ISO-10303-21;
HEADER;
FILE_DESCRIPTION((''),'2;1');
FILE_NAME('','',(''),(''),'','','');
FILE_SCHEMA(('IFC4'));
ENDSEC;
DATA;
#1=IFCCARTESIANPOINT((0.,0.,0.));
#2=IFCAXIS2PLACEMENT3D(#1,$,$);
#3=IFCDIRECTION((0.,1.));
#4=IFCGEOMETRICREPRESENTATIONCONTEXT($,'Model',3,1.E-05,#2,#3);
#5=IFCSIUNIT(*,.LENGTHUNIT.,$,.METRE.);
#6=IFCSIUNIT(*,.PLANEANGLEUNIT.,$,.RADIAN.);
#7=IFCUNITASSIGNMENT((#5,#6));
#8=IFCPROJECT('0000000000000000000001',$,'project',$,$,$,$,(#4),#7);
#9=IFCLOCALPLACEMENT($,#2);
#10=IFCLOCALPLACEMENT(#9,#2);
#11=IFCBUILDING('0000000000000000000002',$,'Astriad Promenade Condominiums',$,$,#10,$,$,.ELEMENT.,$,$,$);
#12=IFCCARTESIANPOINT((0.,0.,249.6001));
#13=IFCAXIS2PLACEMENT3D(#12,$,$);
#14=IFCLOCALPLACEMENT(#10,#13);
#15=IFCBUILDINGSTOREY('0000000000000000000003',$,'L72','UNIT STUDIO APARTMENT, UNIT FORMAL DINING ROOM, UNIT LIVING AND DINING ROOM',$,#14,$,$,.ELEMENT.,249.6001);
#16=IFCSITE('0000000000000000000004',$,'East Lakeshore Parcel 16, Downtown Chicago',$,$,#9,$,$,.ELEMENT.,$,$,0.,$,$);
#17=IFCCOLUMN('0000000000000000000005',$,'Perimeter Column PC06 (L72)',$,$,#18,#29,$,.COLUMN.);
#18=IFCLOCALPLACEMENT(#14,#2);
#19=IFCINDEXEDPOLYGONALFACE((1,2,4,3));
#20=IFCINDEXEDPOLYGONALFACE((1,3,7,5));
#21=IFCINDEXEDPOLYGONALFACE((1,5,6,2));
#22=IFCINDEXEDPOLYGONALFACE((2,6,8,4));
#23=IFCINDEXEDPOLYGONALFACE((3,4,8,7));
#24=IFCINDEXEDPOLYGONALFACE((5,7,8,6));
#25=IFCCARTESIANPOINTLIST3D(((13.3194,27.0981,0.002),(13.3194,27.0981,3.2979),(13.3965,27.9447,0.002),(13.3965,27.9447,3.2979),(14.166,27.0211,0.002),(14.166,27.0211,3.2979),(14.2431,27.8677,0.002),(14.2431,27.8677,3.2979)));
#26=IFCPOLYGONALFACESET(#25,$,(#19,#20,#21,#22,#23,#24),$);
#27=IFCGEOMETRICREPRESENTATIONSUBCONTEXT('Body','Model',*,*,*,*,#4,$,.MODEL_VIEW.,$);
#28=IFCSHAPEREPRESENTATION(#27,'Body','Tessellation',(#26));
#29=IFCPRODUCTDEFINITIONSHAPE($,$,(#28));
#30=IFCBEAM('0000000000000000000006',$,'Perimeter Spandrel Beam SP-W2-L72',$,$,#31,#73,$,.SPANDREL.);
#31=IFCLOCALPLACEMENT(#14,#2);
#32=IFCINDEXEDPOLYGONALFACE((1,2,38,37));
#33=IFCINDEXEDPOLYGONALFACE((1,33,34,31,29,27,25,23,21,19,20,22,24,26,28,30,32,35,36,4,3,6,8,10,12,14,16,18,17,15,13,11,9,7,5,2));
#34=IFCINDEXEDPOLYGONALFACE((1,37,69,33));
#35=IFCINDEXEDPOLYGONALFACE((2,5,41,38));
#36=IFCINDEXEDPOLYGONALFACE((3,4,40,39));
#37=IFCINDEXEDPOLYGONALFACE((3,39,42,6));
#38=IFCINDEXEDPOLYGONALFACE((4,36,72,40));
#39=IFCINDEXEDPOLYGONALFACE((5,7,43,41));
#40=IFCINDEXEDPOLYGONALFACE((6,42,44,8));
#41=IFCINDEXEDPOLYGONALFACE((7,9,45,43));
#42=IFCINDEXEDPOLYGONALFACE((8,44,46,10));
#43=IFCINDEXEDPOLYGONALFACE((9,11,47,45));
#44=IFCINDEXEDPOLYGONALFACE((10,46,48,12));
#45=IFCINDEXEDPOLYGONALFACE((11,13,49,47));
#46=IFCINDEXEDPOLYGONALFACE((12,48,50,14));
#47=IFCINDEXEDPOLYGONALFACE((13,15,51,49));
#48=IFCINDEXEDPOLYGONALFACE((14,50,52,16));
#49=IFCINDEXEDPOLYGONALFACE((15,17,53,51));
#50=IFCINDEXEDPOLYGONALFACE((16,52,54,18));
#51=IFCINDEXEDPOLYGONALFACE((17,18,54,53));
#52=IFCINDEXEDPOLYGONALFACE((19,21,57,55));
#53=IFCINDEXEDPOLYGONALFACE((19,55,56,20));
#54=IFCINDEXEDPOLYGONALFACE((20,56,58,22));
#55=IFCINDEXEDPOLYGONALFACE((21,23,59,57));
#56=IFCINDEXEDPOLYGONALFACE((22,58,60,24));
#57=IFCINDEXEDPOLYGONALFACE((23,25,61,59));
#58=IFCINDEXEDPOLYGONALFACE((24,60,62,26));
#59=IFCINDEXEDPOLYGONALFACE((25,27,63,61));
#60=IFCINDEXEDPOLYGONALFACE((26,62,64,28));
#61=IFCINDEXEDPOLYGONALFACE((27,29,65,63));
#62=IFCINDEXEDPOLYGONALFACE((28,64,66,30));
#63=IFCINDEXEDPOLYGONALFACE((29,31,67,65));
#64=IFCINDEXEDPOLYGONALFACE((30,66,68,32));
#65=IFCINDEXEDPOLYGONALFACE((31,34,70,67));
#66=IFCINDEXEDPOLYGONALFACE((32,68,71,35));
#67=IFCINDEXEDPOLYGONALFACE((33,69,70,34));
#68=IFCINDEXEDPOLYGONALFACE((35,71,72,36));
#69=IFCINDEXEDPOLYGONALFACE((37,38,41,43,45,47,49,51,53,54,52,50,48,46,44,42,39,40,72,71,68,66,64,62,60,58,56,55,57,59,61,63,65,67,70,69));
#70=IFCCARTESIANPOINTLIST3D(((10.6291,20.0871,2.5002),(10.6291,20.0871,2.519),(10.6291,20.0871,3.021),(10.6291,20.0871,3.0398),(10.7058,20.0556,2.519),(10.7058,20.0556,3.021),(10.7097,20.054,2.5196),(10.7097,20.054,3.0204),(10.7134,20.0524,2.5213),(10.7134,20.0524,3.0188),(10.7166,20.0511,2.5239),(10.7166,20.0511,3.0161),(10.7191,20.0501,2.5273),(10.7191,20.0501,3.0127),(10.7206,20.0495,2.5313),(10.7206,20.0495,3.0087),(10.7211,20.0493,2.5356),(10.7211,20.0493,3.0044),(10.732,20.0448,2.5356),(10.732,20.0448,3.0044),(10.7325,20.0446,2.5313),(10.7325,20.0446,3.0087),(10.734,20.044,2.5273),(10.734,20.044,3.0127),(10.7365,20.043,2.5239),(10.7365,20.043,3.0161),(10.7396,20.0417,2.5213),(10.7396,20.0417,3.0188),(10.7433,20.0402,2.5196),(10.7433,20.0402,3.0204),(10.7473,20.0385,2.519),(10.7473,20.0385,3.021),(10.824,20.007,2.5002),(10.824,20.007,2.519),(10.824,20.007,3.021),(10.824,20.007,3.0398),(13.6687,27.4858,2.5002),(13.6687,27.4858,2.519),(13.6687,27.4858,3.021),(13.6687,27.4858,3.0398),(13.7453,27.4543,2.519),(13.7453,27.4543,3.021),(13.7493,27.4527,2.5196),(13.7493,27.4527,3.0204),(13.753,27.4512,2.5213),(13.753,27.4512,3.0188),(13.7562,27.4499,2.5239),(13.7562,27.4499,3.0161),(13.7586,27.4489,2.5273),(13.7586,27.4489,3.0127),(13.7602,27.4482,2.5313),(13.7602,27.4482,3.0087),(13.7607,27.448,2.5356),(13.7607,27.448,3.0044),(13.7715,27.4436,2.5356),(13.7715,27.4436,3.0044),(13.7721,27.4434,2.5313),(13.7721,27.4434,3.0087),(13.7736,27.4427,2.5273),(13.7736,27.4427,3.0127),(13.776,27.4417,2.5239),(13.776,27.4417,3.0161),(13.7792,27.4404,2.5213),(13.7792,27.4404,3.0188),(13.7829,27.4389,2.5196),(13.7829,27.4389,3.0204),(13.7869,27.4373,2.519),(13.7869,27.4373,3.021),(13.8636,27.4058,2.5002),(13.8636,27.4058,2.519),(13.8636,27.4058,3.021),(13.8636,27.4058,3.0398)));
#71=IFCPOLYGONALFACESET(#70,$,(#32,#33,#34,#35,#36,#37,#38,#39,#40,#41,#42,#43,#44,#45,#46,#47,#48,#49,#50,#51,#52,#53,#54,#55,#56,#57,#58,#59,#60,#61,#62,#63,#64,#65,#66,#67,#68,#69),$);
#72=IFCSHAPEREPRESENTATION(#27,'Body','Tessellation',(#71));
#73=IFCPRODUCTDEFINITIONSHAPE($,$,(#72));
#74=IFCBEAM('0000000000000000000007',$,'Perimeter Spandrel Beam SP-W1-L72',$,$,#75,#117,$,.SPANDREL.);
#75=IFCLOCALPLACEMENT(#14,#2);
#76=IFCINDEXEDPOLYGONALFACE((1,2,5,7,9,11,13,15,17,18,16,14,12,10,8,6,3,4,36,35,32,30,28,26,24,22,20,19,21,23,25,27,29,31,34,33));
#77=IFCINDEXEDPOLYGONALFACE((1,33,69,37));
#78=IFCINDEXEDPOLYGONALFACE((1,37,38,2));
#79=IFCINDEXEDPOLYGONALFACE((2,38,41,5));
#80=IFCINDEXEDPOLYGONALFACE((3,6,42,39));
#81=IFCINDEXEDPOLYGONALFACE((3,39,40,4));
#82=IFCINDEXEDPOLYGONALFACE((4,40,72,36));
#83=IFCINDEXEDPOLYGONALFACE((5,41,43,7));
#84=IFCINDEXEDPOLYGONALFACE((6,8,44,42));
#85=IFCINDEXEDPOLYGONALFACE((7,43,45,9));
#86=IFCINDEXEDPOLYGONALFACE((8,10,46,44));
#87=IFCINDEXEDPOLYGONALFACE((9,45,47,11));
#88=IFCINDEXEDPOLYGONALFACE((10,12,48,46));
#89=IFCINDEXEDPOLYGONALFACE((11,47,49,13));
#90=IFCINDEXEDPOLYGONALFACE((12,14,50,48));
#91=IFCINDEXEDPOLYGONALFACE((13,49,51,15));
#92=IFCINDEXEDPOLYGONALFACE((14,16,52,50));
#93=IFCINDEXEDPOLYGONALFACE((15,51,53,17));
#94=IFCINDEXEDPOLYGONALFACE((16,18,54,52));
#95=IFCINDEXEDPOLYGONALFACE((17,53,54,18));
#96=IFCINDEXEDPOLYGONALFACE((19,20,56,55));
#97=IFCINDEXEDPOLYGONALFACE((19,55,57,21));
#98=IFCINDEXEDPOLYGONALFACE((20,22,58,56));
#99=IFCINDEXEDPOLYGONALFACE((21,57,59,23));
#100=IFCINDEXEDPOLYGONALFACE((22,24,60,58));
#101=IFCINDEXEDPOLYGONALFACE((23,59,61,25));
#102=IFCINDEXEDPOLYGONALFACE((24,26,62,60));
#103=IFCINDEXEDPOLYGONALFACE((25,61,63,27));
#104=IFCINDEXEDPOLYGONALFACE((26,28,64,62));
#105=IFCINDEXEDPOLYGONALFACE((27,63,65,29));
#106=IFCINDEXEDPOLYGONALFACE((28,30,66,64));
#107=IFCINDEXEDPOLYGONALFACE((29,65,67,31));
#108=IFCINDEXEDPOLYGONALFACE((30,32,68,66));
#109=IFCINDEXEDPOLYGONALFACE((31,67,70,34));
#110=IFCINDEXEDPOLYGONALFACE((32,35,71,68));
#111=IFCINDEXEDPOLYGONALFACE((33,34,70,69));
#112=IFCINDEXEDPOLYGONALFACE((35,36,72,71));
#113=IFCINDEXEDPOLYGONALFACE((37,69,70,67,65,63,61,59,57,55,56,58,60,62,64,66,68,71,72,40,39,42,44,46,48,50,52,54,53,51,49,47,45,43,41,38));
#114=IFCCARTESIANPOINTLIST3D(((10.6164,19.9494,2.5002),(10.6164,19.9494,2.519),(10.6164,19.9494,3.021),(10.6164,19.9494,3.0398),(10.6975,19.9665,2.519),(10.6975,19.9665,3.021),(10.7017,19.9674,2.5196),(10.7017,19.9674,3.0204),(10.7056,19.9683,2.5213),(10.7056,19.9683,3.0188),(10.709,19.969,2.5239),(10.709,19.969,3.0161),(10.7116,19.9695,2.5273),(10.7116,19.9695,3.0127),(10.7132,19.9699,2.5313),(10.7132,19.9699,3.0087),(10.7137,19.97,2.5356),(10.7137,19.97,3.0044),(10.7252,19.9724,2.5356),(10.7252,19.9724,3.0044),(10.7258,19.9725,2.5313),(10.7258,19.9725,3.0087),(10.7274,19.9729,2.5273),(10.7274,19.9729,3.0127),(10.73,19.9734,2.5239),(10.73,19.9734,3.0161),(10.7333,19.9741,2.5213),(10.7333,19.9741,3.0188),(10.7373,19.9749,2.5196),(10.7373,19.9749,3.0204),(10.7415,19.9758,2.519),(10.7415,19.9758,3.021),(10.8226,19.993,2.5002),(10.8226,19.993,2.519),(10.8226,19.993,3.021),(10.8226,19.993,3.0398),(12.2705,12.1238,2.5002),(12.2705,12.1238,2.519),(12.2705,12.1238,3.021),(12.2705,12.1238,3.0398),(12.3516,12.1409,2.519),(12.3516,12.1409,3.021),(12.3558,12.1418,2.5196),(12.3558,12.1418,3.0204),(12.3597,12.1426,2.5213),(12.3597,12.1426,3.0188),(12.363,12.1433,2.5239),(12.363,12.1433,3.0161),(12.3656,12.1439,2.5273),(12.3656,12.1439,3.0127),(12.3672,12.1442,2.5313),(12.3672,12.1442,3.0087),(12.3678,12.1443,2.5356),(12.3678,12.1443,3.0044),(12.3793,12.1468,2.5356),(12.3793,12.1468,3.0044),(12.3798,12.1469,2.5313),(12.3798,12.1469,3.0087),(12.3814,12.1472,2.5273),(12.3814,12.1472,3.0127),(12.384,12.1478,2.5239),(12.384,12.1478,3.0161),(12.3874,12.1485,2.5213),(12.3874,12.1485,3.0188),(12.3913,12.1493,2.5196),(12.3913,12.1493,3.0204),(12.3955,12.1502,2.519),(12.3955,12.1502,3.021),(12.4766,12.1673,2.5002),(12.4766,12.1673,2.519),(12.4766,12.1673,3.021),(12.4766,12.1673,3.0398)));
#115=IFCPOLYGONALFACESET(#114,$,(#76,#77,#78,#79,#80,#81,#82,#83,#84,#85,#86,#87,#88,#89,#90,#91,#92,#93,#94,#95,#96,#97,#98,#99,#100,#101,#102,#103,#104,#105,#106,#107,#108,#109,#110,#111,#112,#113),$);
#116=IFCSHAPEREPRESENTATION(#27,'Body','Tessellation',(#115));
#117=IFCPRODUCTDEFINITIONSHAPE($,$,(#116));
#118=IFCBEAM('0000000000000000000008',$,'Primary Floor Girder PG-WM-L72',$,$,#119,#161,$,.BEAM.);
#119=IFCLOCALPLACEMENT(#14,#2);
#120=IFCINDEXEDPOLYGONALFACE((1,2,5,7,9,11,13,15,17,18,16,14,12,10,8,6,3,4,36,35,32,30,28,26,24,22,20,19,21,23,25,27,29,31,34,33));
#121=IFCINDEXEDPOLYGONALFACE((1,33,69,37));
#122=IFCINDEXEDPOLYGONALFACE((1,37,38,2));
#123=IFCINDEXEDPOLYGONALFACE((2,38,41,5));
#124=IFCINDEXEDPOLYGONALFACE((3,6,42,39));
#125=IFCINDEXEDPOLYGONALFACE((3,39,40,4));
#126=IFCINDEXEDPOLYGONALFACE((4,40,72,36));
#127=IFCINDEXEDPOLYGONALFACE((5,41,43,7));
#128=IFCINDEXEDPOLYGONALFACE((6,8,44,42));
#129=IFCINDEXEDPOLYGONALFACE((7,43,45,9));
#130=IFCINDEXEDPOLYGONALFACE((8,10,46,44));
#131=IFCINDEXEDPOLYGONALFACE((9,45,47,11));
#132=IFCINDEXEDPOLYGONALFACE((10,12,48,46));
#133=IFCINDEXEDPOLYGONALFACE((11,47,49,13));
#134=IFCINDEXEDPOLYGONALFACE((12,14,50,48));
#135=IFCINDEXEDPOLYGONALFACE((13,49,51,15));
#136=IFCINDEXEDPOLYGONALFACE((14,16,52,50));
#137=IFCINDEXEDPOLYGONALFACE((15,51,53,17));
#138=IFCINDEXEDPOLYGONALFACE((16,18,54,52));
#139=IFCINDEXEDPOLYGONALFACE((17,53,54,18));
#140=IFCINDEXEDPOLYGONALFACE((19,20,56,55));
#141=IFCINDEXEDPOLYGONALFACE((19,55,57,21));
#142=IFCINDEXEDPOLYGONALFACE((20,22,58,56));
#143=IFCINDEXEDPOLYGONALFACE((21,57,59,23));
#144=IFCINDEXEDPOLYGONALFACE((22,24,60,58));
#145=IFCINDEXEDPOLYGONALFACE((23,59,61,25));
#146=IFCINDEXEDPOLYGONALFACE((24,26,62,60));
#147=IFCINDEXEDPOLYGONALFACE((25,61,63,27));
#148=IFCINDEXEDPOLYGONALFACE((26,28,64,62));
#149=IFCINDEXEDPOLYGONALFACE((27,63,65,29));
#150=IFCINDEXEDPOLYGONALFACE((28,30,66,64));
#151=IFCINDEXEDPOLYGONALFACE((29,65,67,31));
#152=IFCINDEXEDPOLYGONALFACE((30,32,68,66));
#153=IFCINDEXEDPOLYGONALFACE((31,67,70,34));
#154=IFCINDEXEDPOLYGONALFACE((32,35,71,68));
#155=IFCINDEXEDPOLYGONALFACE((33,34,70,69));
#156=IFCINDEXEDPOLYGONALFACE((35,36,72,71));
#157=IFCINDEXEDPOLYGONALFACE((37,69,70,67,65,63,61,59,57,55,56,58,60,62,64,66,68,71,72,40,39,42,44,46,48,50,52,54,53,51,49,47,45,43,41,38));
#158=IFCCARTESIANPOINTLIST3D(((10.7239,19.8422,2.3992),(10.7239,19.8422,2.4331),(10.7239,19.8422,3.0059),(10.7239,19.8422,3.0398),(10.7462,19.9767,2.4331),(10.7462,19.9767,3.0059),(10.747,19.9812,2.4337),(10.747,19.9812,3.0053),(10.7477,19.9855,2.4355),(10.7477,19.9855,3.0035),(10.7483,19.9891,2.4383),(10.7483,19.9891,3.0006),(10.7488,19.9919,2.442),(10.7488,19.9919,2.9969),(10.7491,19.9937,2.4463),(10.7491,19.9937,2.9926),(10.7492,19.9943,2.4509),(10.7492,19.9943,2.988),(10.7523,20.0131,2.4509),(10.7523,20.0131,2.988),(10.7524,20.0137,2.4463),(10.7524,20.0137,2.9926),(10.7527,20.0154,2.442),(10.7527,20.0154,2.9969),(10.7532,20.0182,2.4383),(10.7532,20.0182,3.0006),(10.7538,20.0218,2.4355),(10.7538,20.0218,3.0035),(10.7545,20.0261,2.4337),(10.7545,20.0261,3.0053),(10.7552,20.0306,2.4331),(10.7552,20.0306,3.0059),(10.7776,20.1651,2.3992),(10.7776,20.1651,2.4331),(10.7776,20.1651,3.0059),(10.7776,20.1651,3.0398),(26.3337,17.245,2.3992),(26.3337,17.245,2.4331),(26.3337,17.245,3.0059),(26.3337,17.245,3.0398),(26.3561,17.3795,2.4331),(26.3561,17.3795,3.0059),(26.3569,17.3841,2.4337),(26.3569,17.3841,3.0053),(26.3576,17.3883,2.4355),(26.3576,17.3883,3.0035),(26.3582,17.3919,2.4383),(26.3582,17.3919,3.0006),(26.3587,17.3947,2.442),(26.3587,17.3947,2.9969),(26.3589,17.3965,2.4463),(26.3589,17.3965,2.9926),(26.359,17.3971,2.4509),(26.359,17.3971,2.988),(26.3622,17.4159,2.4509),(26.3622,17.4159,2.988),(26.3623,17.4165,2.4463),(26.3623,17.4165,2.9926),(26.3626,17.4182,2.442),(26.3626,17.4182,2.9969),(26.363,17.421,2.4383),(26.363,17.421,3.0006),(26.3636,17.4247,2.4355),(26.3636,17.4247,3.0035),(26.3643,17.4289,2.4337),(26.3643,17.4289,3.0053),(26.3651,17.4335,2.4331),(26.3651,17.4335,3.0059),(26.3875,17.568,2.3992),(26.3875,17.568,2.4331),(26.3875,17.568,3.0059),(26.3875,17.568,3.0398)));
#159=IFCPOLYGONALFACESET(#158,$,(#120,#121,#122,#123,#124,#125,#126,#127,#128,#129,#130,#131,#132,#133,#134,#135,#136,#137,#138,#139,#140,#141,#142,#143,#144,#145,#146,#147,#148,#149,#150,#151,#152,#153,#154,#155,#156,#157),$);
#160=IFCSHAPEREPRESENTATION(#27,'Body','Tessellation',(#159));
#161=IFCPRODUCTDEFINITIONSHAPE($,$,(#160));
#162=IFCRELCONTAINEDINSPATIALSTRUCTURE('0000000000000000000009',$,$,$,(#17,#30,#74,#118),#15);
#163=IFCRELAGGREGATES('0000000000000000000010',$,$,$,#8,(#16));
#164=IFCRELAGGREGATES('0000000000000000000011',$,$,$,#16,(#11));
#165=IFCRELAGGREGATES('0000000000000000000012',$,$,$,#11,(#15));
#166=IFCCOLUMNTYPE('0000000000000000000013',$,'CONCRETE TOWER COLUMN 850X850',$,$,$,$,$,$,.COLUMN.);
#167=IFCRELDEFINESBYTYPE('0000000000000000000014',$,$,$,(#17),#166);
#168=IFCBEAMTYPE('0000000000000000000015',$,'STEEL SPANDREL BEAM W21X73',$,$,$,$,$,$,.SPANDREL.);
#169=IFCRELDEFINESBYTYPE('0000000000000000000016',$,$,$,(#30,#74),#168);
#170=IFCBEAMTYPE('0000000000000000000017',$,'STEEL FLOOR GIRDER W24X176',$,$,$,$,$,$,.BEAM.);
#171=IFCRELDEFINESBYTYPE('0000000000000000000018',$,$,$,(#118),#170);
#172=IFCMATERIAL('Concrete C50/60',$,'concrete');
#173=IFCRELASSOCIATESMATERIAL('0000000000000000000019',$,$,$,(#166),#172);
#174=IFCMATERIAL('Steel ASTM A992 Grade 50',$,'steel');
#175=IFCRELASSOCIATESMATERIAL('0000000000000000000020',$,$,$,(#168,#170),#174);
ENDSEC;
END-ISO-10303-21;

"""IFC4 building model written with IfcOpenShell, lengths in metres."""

from ifc_helpers import new_model, si_unit, direction, frame, origin, origin_2d, place, context, subcontext, project, spatial, rectangle, i_section, extrude, source, transform, mapped, material, material_profile, profile_set, type_object, type_shapes, element, save


model = new_model("IFC4")

# Units and contexts
model_context = context("Model", 3, precision=1e-05, world=origin(), true_north=direction((0.0, 1.0)))
body_context = subcontext(model_context, "Body", "Model", "MODEL_VIEW")
ifc_project = project(units=[si_unit("LENGTHUNIT", "METRE"), si_unit("PLANEANGLEUNIT", "RADIAN")], contexts=[model_context])

# Site, building, storey
site_placement = place(None, origin())
site = spatial("IfcSite", under=ifc_project, at=site_placement, Name="East Lakeshore Parcel 16, Downtown Chicago", CompositionType="ELEMENT", RefElevation=0.0)
building_placement = place(site_placement, origin())
building = spatial("IfcBuilding", under=site, at=building_placement, Name="Astriad Promenade Condominiums", CompositionType="ELEMENT")
storey_placement = place(building_placement, frame((0.0, 0.0, 249.6001)))
storey = spatial("IfcBuildingStorey", under=building, at=storey_placement, Name="L72", Description="UNIT STUDIO APARTMENT, UNIT FORMAL DINING ROOM, UNIT LIVING AND DINING ROOM", CompositionType="ELEMENT", Elevation=249.6001)

# Column
ifc_material_1 = material(Name="Concrete C50/60", Category="concrete")
ifc_material_profile_1 = material_profile(ifc_material_1, rectangle(XDim=0.8501, YDim=0.8501, at=origin_2d()), Name="RC-COL-850X850")
ifc_profile_set_1 = profile_set([ifc_material_profile_1], Name="Concrete C50/60")
column_type = type_object("IfcColumnType", Name="CONCRETE TOWER COLUMN 850X850", PredefinedType="COLUMN", material=ifc_profile_set_1)
shared_shape_1 = source(origin(), body_context, "Body", "SweptSolid", [
    extrude(rectangle(XDim=0.8501, YDim=0.8501, at=origin_2d()), origin(), (0.0, 0.0, 1.0), 3.2959),
])
type_shapes(column_type, [shared_shape_1])
column_placement = place(storey_placement, frame((13.7812, 27.4829, 0.002), z_axis=(0.0, 0.0, 1.0), x_axis=(0.995884, -0.090633, 0.0)))
element("IfcColumn", 1, at=column_placement, inside=storey, type_object=column_type, Name="Perimeter Column PC06 (L72)", PredefinedType="COLUMN", context=body_context, shape_type="MappedRepresentation", body=[
    mapped(shared_shape_1, transform((0.0, 0.0, 0.0), scale=1.0)),
])

# Beams
ifc_material_2 = material(Name="Steel ASTM A992 Grade 50", Category="steel")
ifc_material_profile_2 = material_profile(ifc_material_2, i_section(OverallWidth=0.2107, OverallDepth=0.5396, WebThickness=0.0117, FlangeThickness=0.0188, FilletRadius=0.0166, at=origin_2d()), Name="W21X73")
ifc_profile_set_2 = profile_set([ifc_material_profile_2], Name="Steel ASTM A992 Grade 50")
beam_type_1 = type_object("IfcBeamType", Name="STEEL SPANDREL BEAM W21X73", PredefinedType="SPANDREL", material=ifc_profile_set_2)
shared_shape_2 = source(origin(), body_context, "Body", "SweptSolid", [
    extrude(i_section(OverallWidth=0.2107, OverallDepth=0.5396, WebThickness=0.0117, FlangeThickness=0.0188, FilletRadius=0.0166, at=origin_2d()), origin(), (0.0, 0.0, 1.0), 7.9988),
])
beam_1_placement = place(storey_placement, frame((13.7661, 27.4458, 2.77), z_axis=(-0.380005, -0.924984, 0.0), x_axis=(0.924984, -0.380005, 0.0)))
element("IfcBeam", 2, at=beam_1_placement, inside=storey, type_object=beam_type_1, Name="Perimeter Spandrel Beam SP-W2-L72", PredefinedType="SPANDREL", context=body_context, shape_type="MappedRepresentation", body=[
    mapped(shared_shape_2, transform((0.0, 0.0, 0.0), scale=1.0)),
])
shared_shape_3 = source(origin(), body_context, "Body", "SweptSolid", [
    extrude(i_section(OverallWidth=0.2107, OverallDepth=0.5396, WebThickness=0.0117, FlangeThickness=0.0188, FilletRadius=0.0166, at=origin_2d()), origin(), (0.0, 0.0, 1.0), 7.9985),
])
type_shapes(beam_type_1, [shared_shape_2, shared_shape_3])
beam_2_placement = place(storey_placement, frame((10.7195, 19.9712, 2.77), z_axis=(0.206793, -0.978385, 0.0), x_axis=(0.978385, 0.206793, 0.0)))
element("IfcBeam", 3, at=beam_2_placement, inside=storey, type_object=beam_type_1, Name="Perimeter Spandrel Beam SP-W1-L72", PredefinedType="SPANDREL", context=body_context, shape_type="MappedRepresentation", body=[
    mapped(shared_shape_3, transform((0.0, 0.0, 0.0), scale=1.0)),
])
ifc_material_profile_3 = material_profile(ifc_material_2, i_section(OverallWidth=0.3274, OverallDepth=0.6406, WebThickness=0.019, FlangeThickness=0.0339, FilletRadius=0.0178, at=origin_2d()), Name="W24X176")
ifc_profile_set_3 = profile_set([ifc_material_profile_3], Name="Steel ASTM A992 Grade 50")
beam_type_2 = type_object("IfcBeamType", Name="STEEL FLOOR GIRDER W24X176", PredefinedType="BEAM", material=ifc_profile_set_3)
shared_shape_4 = source(origin(), body_context, "Body", "SweptSolid", [
    extrude(i_section(OverallWidth=0.3274, OverallDepth=0.6406, WebThickness=0.019, FlangeThickness=0.0339, FilletRadius=0.0178, at=origin_2d()), origin(), (0.0, 0.0, 1.0), 15.8245),
])
type_shapes(beam_type_2, [shared_shape_4])
beam_3_placement = place(storey_placement, frame((10.7507, 20.0037, 2.7195), z_axis=(0.98644, -0.164124, 0.0), x_axis=(0.164124, 0.98644, 0.0)))
element("IfcBeam", 4, at=beam_3_placement, inside=storey, type_object=beam_type_2, Name="Primary Floor Girder PG-WM-L72", PredefinedType="BEAM", context=body_context, shape_type="MappedRepresentation", body=[
    mapped(shared_shape_4, transform((0.0, 0.0, 0.0), scale=1.0)),
])

save(model, "model.ifc")
